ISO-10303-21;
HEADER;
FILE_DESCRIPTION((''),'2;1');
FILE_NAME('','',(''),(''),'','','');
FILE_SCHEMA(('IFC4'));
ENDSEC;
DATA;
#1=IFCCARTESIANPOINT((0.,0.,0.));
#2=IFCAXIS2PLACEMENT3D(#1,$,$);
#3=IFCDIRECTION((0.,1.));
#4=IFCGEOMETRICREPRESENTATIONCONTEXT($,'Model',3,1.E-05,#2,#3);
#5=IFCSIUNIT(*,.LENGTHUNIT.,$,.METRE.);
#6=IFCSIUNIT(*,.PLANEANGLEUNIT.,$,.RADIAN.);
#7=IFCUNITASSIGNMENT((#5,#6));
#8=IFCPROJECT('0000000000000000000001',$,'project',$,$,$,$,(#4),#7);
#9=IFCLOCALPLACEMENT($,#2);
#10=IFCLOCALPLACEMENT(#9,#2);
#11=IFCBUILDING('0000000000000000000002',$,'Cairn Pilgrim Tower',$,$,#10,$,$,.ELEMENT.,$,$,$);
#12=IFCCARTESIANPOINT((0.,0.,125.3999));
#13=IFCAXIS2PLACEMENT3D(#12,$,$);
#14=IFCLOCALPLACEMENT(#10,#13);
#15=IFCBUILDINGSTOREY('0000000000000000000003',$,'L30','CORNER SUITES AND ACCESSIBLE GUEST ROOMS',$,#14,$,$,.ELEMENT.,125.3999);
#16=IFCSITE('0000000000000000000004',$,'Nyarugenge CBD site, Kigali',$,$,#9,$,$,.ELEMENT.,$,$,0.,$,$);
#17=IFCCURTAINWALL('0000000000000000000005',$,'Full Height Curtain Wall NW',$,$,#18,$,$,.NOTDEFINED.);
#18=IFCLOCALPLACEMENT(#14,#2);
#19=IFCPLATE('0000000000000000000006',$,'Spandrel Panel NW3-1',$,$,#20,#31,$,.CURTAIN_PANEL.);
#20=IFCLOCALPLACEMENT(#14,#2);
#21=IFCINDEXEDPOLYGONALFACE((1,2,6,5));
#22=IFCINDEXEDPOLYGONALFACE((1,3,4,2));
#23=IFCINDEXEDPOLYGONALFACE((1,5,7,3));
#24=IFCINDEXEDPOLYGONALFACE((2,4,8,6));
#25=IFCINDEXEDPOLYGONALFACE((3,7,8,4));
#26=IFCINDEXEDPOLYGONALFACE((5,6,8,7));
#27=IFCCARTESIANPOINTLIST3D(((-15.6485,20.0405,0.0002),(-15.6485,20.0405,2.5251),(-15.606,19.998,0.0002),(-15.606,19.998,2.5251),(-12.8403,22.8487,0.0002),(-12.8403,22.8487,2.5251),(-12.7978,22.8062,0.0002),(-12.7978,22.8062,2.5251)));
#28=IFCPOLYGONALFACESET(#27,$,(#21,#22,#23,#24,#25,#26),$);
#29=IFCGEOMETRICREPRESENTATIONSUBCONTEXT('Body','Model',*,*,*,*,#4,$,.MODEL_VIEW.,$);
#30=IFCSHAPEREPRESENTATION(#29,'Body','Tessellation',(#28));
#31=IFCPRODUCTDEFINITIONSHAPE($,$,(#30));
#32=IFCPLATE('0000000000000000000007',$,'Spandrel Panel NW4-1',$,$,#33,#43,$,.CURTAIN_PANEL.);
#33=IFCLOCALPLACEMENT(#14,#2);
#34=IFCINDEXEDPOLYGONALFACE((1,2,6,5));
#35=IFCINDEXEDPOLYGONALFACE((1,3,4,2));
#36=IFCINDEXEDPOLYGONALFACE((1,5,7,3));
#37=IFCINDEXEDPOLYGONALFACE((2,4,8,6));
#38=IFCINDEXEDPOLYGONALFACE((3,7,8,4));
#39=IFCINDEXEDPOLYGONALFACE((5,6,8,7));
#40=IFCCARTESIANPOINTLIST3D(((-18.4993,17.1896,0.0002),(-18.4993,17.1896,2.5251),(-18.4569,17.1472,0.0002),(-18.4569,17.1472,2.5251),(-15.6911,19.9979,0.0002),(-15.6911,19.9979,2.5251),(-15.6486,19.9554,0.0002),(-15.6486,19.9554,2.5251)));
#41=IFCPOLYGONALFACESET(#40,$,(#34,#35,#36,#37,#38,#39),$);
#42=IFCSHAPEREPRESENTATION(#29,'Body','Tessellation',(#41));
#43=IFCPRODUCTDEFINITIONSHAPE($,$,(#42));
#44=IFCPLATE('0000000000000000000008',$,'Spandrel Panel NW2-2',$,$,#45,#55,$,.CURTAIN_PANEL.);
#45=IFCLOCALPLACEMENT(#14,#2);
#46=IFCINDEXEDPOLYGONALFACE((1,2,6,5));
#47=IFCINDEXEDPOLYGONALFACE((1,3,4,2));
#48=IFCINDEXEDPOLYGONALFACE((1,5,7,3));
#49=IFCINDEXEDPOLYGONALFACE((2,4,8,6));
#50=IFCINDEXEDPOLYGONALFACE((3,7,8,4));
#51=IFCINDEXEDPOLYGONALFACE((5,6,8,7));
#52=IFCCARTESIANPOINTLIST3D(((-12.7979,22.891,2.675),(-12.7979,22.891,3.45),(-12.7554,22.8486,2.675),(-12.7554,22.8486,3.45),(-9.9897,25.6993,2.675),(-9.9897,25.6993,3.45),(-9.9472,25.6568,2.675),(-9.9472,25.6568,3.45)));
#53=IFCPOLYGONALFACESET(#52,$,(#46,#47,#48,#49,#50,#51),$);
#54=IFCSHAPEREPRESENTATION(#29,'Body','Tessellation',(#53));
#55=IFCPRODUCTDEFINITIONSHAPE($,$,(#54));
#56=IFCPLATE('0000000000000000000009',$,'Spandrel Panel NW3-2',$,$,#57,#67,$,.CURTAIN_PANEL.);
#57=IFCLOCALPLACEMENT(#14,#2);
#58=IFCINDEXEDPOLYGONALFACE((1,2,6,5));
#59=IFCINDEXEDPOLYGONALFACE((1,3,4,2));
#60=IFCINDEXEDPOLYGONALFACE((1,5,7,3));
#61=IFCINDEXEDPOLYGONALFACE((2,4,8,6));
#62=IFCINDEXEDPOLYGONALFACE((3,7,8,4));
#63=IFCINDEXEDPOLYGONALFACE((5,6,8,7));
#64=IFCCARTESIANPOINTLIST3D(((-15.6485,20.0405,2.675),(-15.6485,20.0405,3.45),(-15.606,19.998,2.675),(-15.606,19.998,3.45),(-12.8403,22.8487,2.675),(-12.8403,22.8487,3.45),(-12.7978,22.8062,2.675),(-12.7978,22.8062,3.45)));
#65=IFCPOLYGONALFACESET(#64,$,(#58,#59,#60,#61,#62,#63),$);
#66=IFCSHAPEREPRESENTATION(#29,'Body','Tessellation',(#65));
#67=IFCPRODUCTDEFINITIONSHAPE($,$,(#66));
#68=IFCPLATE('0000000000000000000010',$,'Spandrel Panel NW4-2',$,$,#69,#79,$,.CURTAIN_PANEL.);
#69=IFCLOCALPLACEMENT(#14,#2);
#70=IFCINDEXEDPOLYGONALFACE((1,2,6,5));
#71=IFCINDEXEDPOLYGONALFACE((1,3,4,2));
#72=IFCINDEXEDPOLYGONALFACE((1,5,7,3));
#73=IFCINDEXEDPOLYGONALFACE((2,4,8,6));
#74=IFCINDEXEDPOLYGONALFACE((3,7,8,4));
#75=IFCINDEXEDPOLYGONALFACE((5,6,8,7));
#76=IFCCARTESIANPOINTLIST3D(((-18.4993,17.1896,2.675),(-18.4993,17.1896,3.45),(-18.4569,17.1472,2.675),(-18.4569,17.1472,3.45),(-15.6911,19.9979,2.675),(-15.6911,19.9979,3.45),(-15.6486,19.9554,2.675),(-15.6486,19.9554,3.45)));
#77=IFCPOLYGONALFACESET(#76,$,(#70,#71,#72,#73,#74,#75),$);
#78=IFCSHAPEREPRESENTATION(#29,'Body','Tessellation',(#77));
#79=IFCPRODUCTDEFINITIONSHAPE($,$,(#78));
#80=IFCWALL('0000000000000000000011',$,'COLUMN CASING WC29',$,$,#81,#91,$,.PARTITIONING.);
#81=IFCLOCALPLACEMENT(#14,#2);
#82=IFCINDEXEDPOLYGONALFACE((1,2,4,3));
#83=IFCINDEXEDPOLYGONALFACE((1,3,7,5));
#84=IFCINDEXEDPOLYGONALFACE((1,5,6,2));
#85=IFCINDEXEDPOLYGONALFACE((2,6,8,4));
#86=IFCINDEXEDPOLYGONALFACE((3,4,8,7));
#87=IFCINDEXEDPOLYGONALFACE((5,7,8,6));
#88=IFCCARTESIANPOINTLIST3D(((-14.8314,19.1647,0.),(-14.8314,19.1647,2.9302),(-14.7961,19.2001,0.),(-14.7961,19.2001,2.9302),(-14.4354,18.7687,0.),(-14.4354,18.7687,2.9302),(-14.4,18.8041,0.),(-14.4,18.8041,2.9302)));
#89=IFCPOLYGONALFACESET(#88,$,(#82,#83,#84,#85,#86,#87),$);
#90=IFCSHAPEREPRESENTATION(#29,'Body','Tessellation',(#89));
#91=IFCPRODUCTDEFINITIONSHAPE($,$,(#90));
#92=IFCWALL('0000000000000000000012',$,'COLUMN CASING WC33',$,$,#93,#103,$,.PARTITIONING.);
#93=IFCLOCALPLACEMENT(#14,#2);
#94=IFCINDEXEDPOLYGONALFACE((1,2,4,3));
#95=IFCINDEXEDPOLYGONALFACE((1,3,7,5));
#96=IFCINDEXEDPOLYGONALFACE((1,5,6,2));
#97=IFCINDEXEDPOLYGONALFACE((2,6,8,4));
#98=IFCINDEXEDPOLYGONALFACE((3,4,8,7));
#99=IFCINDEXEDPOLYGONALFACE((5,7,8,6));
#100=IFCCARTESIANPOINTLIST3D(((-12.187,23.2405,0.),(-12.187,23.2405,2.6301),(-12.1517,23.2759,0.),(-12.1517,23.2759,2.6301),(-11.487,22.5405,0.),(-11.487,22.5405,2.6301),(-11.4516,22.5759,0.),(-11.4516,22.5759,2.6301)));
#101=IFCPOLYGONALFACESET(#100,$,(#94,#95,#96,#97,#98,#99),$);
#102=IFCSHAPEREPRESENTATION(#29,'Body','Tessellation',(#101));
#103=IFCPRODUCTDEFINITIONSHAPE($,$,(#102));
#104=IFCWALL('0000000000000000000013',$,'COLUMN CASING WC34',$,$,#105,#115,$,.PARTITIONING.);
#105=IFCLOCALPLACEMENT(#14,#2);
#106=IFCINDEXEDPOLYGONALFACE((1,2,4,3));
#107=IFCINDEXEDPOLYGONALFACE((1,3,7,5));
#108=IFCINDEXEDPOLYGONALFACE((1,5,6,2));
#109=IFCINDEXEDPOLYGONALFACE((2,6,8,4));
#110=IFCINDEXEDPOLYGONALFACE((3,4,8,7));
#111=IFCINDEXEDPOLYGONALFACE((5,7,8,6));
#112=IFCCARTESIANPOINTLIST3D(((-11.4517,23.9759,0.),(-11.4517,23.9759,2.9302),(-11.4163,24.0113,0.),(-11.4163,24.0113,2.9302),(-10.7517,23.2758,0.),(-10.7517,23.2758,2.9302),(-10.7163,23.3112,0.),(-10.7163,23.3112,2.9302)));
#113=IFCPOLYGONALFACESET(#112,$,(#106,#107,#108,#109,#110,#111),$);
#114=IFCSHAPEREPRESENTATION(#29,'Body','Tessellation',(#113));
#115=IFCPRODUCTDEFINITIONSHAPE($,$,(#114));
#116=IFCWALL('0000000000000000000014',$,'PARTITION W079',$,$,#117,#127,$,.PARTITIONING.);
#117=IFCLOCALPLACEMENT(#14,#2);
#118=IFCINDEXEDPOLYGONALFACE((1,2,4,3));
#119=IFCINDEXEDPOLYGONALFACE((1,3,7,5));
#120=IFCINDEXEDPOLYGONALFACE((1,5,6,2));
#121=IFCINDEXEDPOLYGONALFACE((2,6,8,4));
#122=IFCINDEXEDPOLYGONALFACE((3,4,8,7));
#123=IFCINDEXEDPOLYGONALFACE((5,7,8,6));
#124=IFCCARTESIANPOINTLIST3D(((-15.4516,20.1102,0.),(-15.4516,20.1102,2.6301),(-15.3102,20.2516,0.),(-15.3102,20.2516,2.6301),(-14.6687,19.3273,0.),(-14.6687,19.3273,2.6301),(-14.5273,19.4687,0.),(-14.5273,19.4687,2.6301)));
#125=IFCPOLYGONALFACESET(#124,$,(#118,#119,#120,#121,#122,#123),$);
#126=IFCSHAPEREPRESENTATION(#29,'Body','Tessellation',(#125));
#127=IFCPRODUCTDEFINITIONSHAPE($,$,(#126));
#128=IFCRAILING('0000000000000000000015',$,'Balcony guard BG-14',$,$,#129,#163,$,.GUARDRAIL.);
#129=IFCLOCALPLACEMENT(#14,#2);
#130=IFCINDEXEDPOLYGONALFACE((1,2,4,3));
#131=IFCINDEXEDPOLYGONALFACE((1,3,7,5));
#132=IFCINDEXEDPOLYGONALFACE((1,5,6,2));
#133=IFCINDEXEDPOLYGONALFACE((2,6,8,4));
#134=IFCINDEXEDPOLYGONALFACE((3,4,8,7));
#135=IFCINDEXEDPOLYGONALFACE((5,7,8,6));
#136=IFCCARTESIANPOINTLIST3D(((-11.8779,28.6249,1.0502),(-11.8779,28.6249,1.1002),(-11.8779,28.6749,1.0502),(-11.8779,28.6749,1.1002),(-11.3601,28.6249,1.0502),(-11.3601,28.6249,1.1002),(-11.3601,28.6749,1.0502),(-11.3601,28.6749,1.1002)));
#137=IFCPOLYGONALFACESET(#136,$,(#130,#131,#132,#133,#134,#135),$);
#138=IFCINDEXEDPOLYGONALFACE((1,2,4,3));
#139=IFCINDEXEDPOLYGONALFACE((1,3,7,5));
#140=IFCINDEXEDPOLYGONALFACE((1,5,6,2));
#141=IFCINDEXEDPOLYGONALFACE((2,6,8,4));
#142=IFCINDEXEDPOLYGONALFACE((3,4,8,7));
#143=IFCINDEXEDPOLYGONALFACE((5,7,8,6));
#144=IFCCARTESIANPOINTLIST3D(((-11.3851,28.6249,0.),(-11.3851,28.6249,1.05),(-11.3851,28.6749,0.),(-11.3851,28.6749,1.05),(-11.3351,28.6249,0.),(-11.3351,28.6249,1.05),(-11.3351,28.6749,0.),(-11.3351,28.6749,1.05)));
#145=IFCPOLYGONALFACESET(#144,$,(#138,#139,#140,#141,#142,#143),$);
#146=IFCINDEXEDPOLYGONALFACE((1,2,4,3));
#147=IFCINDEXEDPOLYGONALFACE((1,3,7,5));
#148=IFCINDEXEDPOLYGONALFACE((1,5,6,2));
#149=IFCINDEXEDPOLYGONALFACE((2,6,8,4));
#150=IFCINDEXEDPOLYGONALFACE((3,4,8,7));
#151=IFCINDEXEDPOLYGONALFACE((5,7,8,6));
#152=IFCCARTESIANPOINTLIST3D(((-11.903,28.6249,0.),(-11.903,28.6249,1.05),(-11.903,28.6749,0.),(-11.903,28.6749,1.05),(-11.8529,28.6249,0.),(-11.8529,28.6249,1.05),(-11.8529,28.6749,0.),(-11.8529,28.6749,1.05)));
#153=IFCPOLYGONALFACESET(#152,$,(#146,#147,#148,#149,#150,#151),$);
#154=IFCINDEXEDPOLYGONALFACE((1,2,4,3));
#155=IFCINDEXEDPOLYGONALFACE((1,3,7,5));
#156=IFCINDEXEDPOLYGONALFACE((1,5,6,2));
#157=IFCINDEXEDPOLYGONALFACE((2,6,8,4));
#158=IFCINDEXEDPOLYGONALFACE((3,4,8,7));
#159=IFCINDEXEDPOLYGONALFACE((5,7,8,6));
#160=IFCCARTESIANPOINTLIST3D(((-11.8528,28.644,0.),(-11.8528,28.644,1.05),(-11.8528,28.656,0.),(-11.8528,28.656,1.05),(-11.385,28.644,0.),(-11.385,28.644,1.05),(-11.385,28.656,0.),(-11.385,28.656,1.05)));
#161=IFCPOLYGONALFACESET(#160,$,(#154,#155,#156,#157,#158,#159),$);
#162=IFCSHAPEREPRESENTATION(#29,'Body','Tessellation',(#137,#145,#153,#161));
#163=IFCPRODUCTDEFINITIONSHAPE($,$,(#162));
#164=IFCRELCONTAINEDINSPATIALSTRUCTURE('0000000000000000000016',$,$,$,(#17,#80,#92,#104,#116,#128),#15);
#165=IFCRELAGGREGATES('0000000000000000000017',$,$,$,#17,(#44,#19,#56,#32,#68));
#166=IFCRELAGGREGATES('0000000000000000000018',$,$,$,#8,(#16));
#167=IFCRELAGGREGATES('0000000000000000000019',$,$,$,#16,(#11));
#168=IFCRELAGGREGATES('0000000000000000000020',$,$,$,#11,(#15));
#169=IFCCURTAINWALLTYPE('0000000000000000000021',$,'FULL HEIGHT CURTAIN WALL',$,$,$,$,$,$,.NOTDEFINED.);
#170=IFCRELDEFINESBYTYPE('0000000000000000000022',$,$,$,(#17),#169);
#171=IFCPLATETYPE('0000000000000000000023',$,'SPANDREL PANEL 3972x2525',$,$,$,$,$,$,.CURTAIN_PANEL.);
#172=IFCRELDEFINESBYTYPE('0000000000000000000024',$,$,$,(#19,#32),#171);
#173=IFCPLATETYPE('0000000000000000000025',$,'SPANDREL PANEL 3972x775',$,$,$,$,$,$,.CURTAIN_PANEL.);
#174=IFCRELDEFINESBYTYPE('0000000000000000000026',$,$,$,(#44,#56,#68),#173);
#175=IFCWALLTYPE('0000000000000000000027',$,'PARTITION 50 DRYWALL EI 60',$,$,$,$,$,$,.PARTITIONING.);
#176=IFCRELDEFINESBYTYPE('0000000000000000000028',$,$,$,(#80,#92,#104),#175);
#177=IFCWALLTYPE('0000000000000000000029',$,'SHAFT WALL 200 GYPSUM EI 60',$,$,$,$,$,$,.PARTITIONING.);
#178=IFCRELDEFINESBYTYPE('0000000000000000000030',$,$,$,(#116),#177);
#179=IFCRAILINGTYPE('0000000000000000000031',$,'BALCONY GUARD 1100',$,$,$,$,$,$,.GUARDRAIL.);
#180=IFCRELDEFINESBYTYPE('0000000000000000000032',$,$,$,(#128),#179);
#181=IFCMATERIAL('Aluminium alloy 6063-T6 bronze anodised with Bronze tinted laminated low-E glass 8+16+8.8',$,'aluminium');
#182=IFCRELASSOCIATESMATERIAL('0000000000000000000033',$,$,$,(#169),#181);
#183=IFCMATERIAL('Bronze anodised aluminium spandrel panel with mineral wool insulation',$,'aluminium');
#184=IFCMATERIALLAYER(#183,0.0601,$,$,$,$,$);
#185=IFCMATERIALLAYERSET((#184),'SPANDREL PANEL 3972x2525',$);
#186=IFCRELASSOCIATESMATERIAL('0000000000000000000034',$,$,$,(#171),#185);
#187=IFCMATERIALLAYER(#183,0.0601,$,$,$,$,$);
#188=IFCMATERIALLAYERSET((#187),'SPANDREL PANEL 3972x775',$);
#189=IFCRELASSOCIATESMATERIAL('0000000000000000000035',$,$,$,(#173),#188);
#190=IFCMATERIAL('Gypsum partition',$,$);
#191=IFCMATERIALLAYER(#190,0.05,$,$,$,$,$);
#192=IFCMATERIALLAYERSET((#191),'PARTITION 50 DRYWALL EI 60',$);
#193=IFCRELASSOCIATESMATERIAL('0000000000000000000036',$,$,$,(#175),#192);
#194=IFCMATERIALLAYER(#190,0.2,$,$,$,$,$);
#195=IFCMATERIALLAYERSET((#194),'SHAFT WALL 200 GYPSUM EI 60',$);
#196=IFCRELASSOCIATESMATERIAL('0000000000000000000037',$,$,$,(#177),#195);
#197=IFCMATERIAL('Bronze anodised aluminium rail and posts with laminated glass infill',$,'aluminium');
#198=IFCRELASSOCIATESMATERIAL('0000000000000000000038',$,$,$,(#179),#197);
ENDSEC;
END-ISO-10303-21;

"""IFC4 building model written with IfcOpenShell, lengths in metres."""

from ifc_helpers import new_model, si_unit, direction, frame, frame_2d, origin, origin_2d, place, context, subcontext, project, spatial, polyline, rectangle, outline, extrude, material, layer, layer_set, type_object, element, aggregate, save


model = new_model("IFC4")

# Units and contexts
model_context = context("Model", 3, precision=1e-05, world=origin(), true_north=direction((0.0, 1.0)))
body_context = subcontext(model_context, "Body", "Model", "MODEL_VIEW")
ifc_project = project(units=[si_unit("LENGTHUNIT", "METRE"), si_unit("PLANEANGLEUNIT", "RADIAN")], contexts=[model_context])

# Site, building, storey
site_placement = place(None, origin())
site = spatial("IfcSite", under=ifc_project, at=site_placement, Name="Nyarugenge CBD site, Kigali", CompositionType="ELEMENT", RefElevation=0.0)
building_placement = place(site_placement, origin())
building = spatial("IfcBuilding", under=site, at=building_placement, Name="Cairn Pilgrim Tower", CompositionType="ELEMENT")
storey_placement = place(building_placement, frame((0.0, 0.0, 125.3999)))
storey = spatial("IfcBuildingStorey", under=building, at=storey_placement, Name="L30", Description="CORNER SUITES AND ACCESSIBLE GUEST ROOMS", CompositionType="ELEMENT", Elevation=125.3999)

# Curtain wall
ifc_material_1 = material(Name="Aluminium alloy 6063-T6 bronze anodised with Bronze tinted laminated low-E glass 8+16+8.8", Category="aluminium")
curtain_wall_type = type_object("IfcCurtainWallType", Name="FULL HEIGHT CURTAIN WALL", PredefinedType="NOTDEFINED", material=ifc_material_1)
curtain_wall_placement = place(storey_placement, origin())
curtain_wall = element("IfcCurtainWall", 1, at=curtain_wall_placement, inside=storey, type_object=curtain_wall_type, Name="Full Height Curtain Wall NW", PredefinedType="NOTDEFINED")

# Plates
ifc_material_2 = material(Name="Bronze anodised aluminium spandrel panel with mineral wool insulation", Category="aluminium")
ifc_layer_1 = layer(ifc_material_2, 0.0601)
ifc_layer_set_1 = layer_set([ifc_layer_1], Name="SPANDREL PANEL 3972x2525")
plate_type_1 = type_object("IfcPlateType", Name="SPANDREL PANEL 3972x2525", PredefinedType="CURTAIN_PANEL", material=ifc_layer_set_1)
plate_1_placement = place(storey_placement, frame((-14.2231, 21.4233, 0.0002), z_axis=(0.0, 0.0, 1.0), x_axis=(-0.707107, -0.707107, 0.0)))
plate_1 = element("IfcPlate", 2, at=plate_1_placement, type_object=plate_type_1, Name="Spandrel Panel NW3-1", PredefinedType="CURTAIN_PANEL", context=body_context, shape_type="SweptSolid", body=[
    extrude(rectangle(XDim=3.9714, YDim=0.0601, at=origin_2d()), origin(), (0.0, 0.0, 1.0), 2.5249),
])
plate_2_placement = place(storey_placement, frame((-17.074, 18.5725, 0.0002), z_axis=(0.0, 0.0, 1.0), x_axis=(-0.707107, -0.707107, 0.0)))
plate_2 = element("IfcPlate", 3, at=plate_2_placement, type_object=plate_type_1, Name="Spandrel Panel NW4-1", PredefinedType="CURTAIN_PANEL", context=body_context, shape_type="SweptSolid", body=[
    extrude(rectangle(XDim=3.9714, YDim=0.0601, at=origin_2d()), origin(), (0.0, 0.0, 1.0), 2.5249),
])
ifc_layer_2 = layer(ifc_material_2, 0.0601)
ifc_layer_set_2 = layer_set([ifc_layer_2], Name="SPANDREL PANEL 3972x775")
plate_type_2 = type_object("IfcPlateType", Name="SPANDREL PANEL 3972x775", PredefinedType="CURTAIN_PANEL", material=ifc_layer_set_2)
plate_3_placement = place(storey_placement, frame((-11.3726, 24.2739, 2.675), z_axis=(0.0, 0.0, 1.0), x_axis=(-0.707107, -0.707107, 0.0)))
plate_3 = element("IfcPlate", 4, at=plate_3_placement, type_object=plate_type_2, Name="Spandrel Panel NW2-2", PredefinedType="CURTAIN_PANEL", context=body_context, shape_type="SweptSolid", body=[
    extrude(rectangle(XDim=3.9714, YDim=0.0601, at=origin_2d()), origin(), (0.0, 0.0, 1.0), 0.7749),
])
plate_4_placement = place(storey_placement, frame((-14.2231, 21.4233, 2.675), z_axis=(0.0, 0.0, 1.0), x_axis=(-0.707107, -0.707107, 0.0)))
plate_4 = element("IfcPlate", 5, at=plate_4_placement, type_object=plate_type_2, Name="Spandrel Panel NW3-2", PredefinedType="CURTAIN_PANEL", context=body_context, shape_type="SweptSolid", body=[
    extrude(rectangle(XDim=3.9714, YDim=0.0601, at=origin_2d()), origin(), (0.0, 0.0, 1.0), 0.7749),
])
plate_5_placement = place(storey_placement, frame((-17.074, 18.5725, 2.675), z_axis=(0.0, 0.0, 1.0), x_axis=(-0.707107, -0.707107, 0.0)))
plate_5 = element("IfcPlate", 6, at=plate_5_placement, type_object=plate_type_2, Name="Spandrel Panel NW4-2", PredefinedType="CURTAIN_PANEL", context=body_context, shape_type="SweptSolid", body=[
    extrude(rectangle(XDim=3.9714, YDim=0.0601, at=origin_2d()), origin(), (0.0, 0.0, 1.0), 0.7749),
])
aggregate(curtain_wall, [plate_3, plate_1, plate_4, plate_2, plate_5])

# Walls
ifc_material_3 = material(Name="Gypsum partition")
ifc_layer_3 = layer(ifc_material_3, 0.05)
ifc_layer_set_3 = layer_set([ifc_layer_3], Name="PARTITION 50 DRYWALL EI 60")
wall_type_1 = type_object("IfcWallType", Name="PARTITION 50 DRYWALL EI 60", PredefinedType="PARTITIONING", material=ifc_layer_set_3)
wall_1_placement = place(storey_placement, frame((-14.4177, 18.7864, 0.0), z_axis=(0.0, 0.0, 1.0), x_axis=(-0.707107, 0.707107, 0.0)))
element("IfcWall", 7, at=wall_1_placement, inside=storey, type_object=wall_type_1, Name="COLUMN CASING WC29", PredefinedType="PARTITIONING", context=body_context, shape_type="SweptSolid", body=[
    extrude(rectangle(XDim=0.5601, YDim=0.05, at=frame_2d((0.28, 0.0))), origin(), (0.0, 0.0, 1.0), 2.9302),
])
wall_2_placement = place(storey_placement, frame((-11.4692, 22.5581, 0.0), z_axis=(0.0, 0.0, 1.0), x_axis=(-0.707107, 0.707107, 0.0)))
element("IfcWall", 8, at=wall_2_placement, inside=storey, type_object=wall_type_1, Name="COLUMN CASING WC33", PredefinedType="PARTITIONING", context=body_context, shape_type="SweptSolid", body=[
    extrude(rectangle(XDim=0.99, YDim=0.05, at=frame_2d((0.4951, 0.0))), origin(), (0.0, 0.0, 1.0), 2.6301),
])
wall_3_placement = place(storey_placement, frame((-10.7339, 23.2935, 0.0), z_axis=(0.0, 0.0, 1.0), x_axis=(-0.707107, 0.707107, 0.0)))
element("IfcWall", 9, at=wall_3_placement, inside=storey, type_object=wall_type_1, Name="COLUMN CASING WC34", PredefinedType="PARTITIONING", context=body_context, shape_type="SweptSolid", body=[
    extrude(rectangle(XDim=0.99, YDim=0.05, at=frame_2d((0.4951, 0.0))), origin(), (0.0, 0.0, 1.0), 2.9302),
])
ifc_layer_4 = layer(ifc_material_3, 0.2)
ifc_layer_set_4 = layer_set([ifc_layer_4], Name="SHAFT WALL 200 GYPSUM EI 60")
wall_type_2 = type_object("IfcWallType", Name="SHAFT WALL 200 GYPSUM EI 60", PredefinedType="PARTITIONING", material=ifc_layer_set_4)
wall_4_placement = place(storey_placement, frame((-14.5979, 19.3979, 0.0), z_axis=(0.0, 0.0, 1.0), x_axis=(-0.707107, 0.707107, 0.0)))
element("IfcWall", 10, at=wall_4_placement, inside=storey, type_object=wall_type_2, Name="PARTITION W079", PredefinedType="PARTITIONING", context=body_context, shape_type="SweptSolid", body=[
    extrude(rectangle(XDim=1.1072, YDim=0.2, at=frame_2d((0.5537, 0.0))), origin(), (0.0, 0.0, 1.0), 2.6301),
])

# Railing
ifc_material_4 = material(Name="Bronze anodised aluminium rail and posts with laminated glass infill", Category="aluminium")
railing_type = type_object("IfcRailingType", Name="BALCONY GUARD 1100", PredefinedType="GUARDRAIL", material=ifc_material_4)
railing_1_placement = place(storey_placement, frame((-11.3601, 28.6499, 0.0)))
element("IfcRailing", 11, at=railing_1_placement, inside=storey, type_object=railing_type, Name="Balcony guard BG-14", PredefinedType="GUARDRAIL", context=body_context, shape_type="SweptSolid", body=[
    extrude(rectangle(XDim=0.05, YDim=0.05, at=origin_2d()), frame((0.0, 0.0, 1.0752), z_axis=(-1.0, 0.0, 0.0), x_axis=(0.0, -1.0, 0.0)), (0.0, 0.0, 1.0), 0.5178),
    extrude(rectangle(XDim=0.05, YDim=0.05, at=origin_2d()), origin(), (0.0, 0.0, 1.0), 1.05),
    extrude(rectangle(XDim=0.05, YDim=0.05, at=origin_2d()), frame((-0.5178, 0.0, 0.0)), (0.0, 0.0, 1.0), 1.05),
    extrude(outline(polyline([(0.0249, 0.0), (0.4927, 0.0), (0.4927, 1.05), (0.0249, 1.05), (0.0249, 0.0)])), frame((0.0, -0.0059, 0.0), z_axis=(0.0, 1.0, 0.0), x_axis=(-1.0, 0.0, 0.0)), (0.0, 0.0, 1.0), 0.012),
])

save(model, "model.ifc")
